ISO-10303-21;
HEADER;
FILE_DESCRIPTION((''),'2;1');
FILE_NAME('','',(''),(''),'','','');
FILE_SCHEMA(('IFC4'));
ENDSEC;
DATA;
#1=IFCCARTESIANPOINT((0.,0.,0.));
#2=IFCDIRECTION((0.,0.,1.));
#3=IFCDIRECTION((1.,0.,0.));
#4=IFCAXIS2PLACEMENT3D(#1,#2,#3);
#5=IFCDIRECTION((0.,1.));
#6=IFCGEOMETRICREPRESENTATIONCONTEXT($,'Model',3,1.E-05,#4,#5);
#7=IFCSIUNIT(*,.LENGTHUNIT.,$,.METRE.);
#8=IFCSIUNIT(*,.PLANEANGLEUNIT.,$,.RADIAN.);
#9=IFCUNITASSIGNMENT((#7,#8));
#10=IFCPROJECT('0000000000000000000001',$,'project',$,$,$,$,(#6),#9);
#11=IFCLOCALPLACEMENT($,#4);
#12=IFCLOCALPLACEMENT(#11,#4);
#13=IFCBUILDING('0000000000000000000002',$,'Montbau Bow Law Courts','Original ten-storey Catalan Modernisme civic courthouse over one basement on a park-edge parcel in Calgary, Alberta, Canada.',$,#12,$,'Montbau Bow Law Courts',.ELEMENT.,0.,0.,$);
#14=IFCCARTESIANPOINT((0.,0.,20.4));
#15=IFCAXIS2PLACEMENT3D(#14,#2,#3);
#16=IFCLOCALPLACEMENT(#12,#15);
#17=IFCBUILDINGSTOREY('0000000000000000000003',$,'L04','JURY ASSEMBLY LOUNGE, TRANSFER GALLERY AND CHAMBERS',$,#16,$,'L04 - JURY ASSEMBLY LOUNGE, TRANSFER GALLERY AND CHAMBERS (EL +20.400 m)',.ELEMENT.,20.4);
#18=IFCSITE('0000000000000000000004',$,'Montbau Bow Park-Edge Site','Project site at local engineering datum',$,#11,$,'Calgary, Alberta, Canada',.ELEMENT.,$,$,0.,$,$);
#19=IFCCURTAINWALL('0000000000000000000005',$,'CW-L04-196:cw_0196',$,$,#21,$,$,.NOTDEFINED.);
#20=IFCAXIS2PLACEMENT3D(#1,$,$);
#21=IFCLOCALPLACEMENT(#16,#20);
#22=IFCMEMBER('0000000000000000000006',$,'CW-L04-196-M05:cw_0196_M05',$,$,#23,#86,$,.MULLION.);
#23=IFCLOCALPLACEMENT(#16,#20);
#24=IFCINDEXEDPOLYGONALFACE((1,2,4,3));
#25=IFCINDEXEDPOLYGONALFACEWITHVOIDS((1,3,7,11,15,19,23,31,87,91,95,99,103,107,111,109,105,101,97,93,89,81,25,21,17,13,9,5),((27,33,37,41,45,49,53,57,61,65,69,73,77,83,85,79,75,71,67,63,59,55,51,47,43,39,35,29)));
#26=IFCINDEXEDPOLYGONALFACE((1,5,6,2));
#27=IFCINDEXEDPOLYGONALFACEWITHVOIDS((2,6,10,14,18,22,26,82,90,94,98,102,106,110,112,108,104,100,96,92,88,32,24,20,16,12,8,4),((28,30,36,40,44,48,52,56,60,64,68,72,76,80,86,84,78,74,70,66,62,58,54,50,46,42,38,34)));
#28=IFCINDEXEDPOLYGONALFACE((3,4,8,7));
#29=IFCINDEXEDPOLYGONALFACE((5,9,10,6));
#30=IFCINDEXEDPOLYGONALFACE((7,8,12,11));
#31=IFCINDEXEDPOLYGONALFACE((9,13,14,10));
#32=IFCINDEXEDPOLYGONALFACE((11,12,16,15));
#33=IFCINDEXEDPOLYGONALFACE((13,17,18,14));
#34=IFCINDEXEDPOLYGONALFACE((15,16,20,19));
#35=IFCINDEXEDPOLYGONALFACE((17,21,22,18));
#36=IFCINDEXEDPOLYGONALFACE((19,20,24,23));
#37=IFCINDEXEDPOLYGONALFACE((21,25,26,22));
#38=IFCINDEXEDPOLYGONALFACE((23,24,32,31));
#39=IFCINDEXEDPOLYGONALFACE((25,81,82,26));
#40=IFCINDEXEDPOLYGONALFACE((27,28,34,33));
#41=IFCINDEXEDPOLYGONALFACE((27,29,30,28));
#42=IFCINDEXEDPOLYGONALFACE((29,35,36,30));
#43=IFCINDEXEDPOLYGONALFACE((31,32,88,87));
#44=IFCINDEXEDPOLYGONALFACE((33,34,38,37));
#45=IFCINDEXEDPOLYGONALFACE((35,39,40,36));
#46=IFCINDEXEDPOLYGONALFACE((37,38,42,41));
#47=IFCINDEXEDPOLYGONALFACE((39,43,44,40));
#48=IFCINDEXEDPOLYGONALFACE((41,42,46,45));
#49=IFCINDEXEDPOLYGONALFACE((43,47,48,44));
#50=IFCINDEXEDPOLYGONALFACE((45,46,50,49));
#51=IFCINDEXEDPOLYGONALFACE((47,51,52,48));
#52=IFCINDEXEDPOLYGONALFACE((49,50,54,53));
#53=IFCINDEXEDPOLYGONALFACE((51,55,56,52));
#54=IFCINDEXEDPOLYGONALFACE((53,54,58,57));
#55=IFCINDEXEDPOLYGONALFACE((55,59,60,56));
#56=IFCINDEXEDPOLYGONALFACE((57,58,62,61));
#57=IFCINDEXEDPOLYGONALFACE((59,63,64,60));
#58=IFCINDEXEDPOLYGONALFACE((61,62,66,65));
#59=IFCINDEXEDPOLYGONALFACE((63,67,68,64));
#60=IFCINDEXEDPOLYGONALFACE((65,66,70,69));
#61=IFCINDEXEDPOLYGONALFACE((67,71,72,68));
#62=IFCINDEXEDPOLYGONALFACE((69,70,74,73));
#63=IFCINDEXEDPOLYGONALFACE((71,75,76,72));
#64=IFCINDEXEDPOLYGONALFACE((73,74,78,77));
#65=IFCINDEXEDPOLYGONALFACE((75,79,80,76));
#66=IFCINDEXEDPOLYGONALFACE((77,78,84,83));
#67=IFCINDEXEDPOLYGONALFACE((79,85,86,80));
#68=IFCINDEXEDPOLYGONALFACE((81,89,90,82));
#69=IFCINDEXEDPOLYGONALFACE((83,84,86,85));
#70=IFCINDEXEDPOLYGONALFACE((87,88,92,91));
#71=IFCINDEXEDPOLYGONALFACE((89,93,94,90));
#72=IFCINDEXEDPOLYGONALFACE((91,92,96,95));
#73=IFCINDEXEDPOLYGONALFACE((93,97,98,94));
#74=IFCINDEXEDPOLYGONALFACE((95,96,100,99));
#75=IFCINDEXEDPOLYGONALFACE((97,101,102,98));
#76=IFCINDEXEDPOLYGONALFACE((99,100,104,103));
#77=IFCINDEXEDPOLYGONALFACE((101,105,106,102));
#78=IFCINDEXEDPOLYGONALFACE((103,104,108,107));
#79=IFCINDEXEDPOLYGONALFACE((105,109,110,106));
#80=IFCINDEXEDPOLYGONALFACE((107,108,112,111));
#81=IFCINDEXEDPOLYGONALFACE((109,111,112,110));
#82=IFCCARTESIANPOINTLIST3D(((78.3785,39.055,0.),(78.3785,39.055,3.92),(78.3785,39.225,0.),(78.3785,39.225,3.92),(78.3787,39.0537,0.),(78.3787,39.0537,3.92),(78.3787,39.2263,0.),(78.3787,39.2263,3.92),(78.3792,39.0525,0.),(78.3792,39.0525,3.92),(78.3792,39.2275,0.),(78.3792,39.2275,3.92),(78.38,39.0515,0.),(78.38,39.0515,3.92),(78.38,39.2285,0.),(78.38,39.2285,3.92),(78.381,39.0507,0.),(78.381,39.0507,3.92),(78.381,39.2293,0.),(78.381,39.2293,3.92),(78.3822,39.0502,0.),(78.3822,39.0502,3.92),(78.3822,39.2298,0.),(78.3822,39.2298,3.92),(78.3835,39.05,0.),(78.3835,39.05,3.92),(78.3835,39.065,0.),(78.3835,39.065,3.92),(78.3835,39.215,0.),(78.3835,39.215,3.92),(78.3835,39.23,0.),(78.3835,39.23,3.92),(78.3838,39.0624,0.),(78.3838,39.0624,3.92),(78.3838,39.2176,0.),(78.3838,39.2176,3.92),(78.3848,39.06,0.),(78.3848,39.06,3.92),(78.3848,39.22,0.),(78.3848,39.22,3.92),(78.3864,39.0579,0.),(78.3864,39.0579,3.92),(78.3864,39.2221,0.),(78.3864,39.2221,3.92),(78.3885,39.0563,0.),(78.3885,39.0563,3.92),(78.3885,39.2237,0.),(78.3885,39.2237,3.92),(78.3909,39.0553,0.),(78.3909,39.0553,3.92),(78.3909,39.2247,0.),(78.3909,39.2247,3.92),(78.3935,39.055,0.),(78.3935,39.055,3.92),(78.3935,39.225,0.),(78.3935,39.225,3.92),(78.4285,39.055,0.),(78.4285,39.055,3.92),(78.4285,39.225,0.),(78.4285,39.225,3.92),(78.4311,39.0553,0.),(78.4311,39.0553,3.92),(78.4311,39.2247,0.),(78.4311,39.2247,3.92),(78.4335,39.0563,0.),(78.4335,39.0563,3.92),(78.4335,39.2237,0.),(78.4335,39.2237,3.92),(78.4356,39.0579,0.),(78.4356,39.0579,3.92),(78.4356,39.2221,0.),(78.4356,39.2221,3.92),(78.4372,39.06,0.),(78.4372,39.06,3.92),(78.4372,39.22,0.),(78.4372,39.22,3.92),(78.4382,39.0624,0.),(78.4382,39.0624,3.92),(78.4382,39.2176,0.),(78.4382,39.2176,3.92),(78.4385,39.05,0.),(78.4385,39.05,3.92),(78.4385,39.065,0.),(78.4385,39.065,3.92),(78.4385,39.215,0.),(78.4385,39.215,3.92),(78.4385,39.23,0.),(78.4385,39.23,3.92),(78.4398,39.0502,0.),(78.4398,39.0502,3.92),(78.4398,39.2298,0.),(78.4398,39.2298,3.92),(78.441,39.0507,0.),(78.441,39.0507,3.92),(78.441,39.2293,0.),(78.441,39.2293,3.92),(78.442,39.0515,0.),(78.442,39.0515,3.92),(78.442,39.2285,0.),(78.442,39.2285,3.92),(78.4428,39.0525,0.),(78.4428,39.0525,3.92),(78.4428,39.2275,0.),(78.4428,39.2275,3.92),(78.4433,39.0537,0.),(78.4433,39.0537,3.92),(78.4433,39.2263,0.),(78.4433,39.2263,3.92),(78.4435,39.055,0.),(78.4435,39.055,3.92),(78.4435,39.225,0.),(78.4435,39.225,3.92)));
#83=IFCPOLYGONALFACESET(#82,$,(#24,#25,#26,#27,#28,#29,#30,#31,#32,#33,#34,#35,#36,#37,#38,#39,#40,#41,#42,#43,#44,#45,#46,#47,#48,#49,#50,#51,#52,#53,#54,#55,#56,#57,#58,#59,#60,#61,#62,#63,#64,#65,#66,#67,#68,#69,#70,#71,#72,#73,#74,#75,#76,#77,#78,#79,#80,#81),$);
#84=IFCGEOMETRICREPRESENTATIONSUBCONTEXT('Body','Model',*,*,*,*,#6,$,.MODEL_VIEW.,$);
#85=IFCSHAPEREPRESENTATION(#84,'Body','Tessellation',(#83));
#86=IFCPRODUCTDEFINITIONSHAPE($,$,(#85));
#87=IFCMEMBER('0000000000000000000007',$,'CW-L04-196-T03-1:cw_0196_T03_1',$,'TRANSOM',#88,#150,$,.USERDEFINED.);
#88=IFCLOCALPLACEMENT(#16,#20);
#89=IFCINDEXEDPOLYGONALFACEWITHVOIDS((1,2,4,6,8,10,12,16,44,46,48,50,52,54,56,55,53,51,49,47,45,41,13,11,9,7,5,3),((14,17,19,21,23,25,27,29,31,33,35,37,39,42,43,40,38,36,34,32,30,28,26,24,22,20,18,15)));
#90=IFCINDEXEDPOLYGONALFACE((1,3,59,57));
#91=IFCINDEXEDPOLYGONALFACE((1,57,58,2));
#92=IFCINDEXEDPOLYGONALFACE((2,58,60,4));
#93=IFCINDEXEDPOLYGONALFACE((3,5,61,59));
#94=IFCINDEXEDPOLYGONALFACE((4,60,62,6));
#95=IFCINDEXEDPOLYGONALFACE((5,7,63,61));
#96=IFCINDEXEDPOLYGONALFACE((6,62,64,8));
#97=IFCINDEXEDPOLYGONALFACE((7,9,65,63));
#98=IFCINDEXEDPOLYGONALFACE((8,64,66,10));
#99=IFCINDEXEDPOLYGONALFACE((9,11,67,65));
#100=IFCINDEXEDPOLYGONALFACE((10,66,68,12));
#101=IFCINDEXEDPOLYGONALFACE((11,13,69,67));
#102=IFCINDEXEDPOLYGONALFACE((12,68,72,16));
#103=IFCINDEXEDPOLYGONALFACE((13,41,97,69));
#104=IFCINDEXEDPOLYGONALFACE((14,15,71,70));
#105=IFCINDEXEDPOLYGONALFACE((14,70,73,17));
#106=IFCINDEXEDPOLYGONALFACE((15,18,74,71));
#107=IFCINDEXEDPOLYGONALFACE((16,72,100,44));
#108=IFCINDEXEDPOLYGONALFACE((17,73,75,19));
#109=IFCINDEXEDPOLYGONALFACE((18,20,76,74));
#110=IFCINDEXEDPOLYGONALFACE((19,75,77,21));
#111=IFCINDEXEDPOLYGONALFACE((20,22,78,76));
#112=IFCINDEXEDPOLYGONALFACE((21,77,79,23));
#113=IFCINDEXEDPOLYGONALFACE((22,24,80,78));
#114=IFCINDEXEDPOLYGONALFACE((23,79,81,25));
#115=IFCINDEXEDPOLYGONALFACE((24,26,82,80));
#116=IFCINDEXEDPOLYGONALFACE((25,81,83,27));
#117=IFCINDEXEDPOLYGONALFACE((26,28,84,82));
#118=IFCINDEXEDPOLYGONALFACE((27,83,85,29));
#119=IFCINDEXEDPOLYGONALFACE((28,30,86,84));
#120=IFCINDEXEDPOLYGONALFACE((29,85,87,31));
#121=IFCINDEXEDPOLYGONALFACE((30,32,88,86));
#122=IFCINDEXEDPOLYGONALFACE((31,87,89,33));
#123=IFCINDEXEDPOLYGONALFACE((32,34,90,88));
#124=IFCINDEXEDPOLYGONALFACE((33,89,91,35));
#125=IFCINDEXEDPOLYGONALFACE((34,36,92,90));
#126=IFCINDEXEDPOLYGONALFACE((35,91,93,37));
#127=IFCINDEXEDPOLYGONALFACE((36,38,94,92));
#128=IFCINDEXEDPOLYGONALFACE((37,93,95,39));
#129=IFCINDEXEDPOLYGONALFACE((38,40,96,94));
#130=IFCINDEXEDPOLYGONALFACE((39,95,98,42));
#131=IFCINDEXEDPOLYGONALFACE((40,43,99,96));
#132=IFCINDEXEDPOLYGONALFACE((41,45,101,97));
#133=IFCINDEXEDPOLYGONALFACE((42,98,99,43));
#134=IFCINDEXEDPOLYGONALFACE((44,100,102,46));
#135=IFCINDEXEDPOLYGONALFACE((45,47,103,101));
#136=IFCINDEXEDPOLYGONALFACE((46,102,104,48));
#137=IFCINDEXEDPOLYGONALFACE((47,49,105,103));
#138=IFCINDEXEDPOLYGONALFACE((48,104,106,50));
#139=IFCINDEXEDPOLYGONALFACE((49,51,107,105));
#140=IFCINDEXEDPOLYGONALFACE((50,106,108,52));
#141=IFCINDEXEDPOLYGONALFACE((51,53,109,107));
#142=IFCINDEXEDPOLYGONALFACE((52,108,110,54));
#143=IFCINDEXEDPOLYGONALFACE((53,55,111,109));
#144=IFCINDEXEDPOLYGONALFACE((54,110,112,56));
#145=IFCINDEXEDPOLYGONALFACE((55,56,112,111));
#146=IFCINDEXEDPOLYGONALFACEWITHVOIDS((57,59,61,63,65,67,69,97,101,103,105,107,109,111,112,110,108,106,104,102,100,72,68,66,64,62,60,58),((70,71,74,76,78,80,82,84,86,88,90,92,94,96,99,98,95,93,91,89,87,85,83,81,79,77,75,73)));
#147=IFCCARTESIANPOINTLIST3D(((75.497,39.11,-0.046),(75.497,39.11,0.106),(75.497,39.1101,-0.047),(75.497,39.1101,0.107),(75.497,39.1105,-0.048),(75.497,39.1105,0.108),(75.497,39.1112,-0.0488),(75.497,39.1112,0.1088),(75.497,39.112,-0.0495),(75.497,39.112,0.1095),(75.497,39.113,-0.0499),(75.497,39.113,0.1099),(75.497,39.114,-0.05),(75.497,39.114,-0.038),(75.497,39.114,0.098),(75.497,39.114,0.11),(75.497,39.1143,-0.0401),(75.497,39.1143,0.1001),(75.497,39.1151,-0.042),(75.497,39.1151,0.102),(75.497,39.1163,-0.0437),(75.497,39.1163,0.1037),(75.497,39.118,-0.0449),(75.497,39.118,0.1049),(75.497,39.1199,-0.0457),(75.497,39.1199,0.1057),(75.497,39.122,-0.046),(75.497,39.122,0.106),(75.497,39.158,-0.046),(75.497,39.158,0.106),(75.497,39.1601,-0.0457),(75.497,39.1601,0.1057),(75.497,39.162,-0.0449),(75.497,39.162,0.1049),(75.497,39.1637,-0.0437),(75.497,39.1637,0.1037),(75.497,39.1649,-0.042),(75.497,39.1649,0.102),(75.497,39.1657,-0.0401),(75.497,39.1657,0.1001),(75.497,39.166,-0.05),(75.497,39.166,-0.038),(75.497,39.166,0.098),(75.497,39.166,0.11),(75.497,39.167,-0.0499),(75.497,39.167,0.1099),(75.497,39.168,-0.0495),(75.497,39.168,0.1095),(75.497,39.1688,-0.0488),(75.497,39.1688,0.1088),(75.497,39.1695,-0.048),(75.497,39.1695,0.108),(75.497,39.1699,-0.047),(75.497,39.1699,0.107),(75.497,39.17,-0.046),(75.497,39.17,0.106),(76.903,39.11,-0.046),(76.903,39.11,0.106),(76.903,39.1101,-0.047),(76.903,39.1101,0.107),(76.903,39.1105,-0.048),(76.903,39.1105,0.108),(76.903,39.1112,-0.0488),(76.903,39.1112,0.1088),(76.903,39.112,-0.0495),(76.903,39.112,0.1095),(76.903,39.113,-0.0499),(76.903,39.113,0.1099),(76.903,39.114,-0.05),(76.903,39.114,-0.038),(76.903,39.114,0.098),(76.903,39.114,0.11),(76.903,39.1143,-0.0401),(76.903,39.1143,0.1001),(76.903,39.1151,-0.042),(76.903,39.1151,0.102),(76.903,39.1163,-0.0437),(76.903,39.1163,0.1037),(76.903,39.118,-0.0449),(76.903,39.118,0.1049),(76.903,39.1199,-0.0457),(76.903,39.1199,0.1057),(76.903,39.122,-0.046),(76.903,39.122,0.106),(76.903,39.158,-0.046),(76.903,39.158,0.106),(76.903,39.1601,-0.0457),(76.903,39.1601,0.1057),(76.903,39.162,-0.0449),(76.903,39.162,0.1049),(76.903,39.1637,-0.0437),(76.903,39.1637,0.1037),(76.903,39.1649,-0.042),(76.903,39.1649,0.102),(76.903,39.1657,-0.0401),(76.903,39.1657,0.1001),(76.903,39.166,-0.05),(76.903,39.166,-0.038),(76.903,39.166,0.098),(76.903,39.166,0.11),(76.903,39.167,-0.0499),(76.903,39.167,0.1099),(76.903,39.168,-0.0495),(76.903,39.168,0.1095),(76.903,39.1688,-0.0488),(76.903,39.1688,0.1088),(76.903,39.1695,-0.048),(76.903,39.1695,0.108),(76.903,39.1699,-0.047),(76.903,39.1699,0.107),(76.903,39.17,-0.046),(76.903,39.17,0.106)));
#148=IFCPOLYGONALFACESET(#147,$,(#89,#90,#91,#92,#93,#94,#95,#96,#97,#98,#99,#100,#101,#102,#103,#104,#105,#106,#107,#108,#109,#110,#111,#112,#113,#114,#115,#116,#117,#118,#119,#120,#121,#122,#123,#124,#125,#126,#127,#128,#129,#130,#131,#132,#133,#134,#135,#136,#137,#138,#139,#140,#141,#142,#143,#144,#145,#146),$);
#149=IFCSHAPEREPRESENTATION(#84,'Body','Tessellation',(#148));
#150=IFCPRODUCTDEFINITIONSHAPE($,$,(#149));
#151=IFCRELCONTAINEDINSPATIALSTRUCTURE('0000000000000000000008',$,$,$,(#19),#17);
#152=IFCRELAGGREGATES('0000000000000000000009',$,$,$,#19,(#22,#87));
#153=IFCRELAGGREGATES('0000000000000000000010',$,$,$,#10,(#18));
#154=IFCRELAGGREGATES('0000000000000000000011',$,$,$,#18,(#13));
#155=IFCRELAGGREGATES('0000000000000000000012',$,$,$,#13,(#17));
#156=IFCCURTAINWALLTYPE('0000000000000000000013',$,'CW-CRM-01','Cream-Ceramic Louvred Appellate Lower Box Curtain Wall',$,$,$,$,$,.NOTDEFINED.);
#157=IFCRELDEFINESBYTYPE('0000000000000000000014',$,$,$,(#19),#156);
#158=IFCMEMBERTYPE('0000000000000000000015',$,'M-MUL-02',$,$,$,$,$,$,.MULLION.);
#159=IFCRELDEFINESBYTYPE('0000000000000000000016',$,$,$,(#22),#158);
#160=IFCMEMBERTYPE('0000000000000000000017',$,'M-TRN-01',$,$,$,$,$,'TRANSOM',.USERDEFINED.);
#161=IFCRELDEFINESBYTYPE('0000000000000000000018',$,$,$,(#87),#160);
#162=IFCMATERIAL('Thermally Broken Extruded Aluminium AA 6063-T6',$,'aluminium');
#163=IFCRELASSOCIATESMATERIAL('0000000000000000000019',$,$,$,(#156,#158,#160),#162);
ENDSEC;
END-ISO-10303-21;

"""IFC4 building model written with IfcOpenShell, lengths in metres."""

from ifc_helpers import new_model, si_unit, direction, frame, origin_with_axes, origin_2d_with_axis, place, context, subcontext, project, spatial, hollow_rectangle, extrude, material, material_profile, profile_set, type_object, element, aggregate, save


model = new_model("IFC4")

# Units and contexts
model_context = context("Model", 3, precision=1e-05, world=origin_with_axes(), true_north=direction((0.0, 1.0)))
body_context = subcontext(model_context, "Body", "Model", "MODEL_VIEW")
ifc_project = project(units=[si_unit("LENGTHUNIT", "METRE"), si_unit("PLANEANGLEUNIT", "RADIAN")], contexts=[model_context])

# Site, building, storey
site_placement = place(None, origin_with_axes())
site = spatial("IfcSite", under=ifc_project, at=site_placement, Name="Montbau Bow Park-Edge Site", Description="Project site at local engineering datum", LongName="Calgary, Alberta, Canada", CompositionType="ELEMENT", RefElevation=0.0)
building_placement = place(site_placement, origin_with_axes())
building = spatial("IfcBuilding", under=site, at=building_placement, Name="Montbau Bow Law Courts", Description="Original ten-storey Catalan Modernisme civic courthouse over one basement on a park-edge parcel in Calgary, Alberta, Canada.", LongName="Montbau Bow Law Courts", CompositionType="ELEMENT", ElevationOfRefHeight=0.0, ElevationOfTerrain=0.0)
storey_placement = place(building_placement, frame((0.0, 0.0, 20.4), z_axis=(0.0, 0.0, 1.0), x_axis=(1.0, 0.0, 0.0)))
storey = spatial("IfcBuildingStorey", under=building, at=storey_placement, Name="L04", Description="JURY ASSEMBLY LOUNGE, TRANSFER GALLERY AND CHAMBERS", LongName="L04 - JURY ASSEMBLY LOUNGE, TRANSFER GALLERY AND CHAMBERS (EL +20.400 m)", CompositionType="ELEMENT", Elevation=20.4)

# Curtain wall, members
ifc_material_1 = material(Name="Thermally Broken Extruded Aluminium AA 6063-T6", Category="aluminium")
curtain_wall_type = type_object("IfcCurtainWallType", Name="CW-CRM-01", Description="Cream-Ceramic Louvred Appellate Lower Box Curtain Wall", PredefinedType="NOTDEFINED", material=ifc_material_1)
curtain_wall_placement = place(None, frame((72.515, 39.14, 20.4), z_axis=(0.0, 0.0, 1.0), x_axis=(1.0, 0.0, 0.0)))
curtain_wall = element("IfcCurtainWall", 1, at=curtain_wall_placement, inside=storey, type_object=curtain_wall_type, Name="CW-L04-196:cw_0196", PredefinedType="NOTDEFINED")
ifc_material_profile_1 = material_profile(ifc_material_1, hollow_rectangle(XDim=0.065, YDim=0.18, WallThickness=0.005, InnerFilletRadius=0.01, OuterFilletRadius=0.005, at=origin_2d_with_axis()), Name="CWM-180X65", Category="Main", Priority=0)
ifc_profile_set_1 = profile_set([ifc_material_profile_1], Name="Thermally Broken Extruded Aluminium AA 6063-T6")
member_type_1 = type_object("IfcMemberType", Name="M-MUL-02", PredefinedType="MULLION", material=ifc_profile_set_1)
member_1_placement = place(None, frame((78.411, 39.14, 20.4), z_axis=(0.0, 0.0, 1.0), x_axis=(1.0, 0.0, 0.0)))
member_1 = element("IfcMember", 2, at=member_1_placement, type_object=member_type_1, Name="CW-L04-196-M05:cw_0196_M05", PredefinedType="MULLION", context=body_context, shape_type="SweptSolid", body=[
    extrude(hollow_rectangle(XDim=0.065, YDim=0.18, WallThickness=0.005, InnerFilletRadius=0.01, OuterFilletRadius=0.005, at=origin_2d_with_axis()), origin_with_axes(), (0.0, 0.0, 1.0), 3.92),
])
ifc_material_profile_2 = material_profile(ifc_material_1, hollow_rectangle(XDim=0.06, YDim=0.16, WallThickness=0.004, InnerFilletRadius=0.008, OuterFilletRadius=0.004, at=origin_2d_with_axis()), Name="CWT-160X60", Category="Main", Priority=0)
ifc_profile_set_2 = profile_set([ifc_material_profile_2], Name="Thermally Broken Extruded Aluminium AA 6063-T6")
member_type_2 = type_object("IfcMemberType", Name="M-TRN-01", ElementType="TRANSOM", PredefinedType="USERDEFINED", material=ifc_profile_set_2)
member_2_placement = place(None, frame((75.497, 39.14, 20.43), z_axis=(1.0, 0.0, 0.0), x_axis=(0.0, 1.0, 0.0)))
member_2 = element("IfcMember", 3, at=member_2_placement, type_object=member_type_2, Name="CW-L04-196-T03-1:cw_0196_T03_1", ObjectType="TRANSOM", PredefinedType="USERDEFINED", context=body_context, shape_type="SweptSolid", body=[
    extrude(hollow_rectangle(XDim=0.06, YDim=0.16, WallThickness=0.004, InnerFilletRadius=0.008, OuterFilletRadius=0.004, at=origin_2d_with_axis()), origin_with_axes(), (0.0, 0.0, 1.0), 1.406),
])
aggregate(curtain_wall, [member_1, member_2])

save(model, "model.ifc")
